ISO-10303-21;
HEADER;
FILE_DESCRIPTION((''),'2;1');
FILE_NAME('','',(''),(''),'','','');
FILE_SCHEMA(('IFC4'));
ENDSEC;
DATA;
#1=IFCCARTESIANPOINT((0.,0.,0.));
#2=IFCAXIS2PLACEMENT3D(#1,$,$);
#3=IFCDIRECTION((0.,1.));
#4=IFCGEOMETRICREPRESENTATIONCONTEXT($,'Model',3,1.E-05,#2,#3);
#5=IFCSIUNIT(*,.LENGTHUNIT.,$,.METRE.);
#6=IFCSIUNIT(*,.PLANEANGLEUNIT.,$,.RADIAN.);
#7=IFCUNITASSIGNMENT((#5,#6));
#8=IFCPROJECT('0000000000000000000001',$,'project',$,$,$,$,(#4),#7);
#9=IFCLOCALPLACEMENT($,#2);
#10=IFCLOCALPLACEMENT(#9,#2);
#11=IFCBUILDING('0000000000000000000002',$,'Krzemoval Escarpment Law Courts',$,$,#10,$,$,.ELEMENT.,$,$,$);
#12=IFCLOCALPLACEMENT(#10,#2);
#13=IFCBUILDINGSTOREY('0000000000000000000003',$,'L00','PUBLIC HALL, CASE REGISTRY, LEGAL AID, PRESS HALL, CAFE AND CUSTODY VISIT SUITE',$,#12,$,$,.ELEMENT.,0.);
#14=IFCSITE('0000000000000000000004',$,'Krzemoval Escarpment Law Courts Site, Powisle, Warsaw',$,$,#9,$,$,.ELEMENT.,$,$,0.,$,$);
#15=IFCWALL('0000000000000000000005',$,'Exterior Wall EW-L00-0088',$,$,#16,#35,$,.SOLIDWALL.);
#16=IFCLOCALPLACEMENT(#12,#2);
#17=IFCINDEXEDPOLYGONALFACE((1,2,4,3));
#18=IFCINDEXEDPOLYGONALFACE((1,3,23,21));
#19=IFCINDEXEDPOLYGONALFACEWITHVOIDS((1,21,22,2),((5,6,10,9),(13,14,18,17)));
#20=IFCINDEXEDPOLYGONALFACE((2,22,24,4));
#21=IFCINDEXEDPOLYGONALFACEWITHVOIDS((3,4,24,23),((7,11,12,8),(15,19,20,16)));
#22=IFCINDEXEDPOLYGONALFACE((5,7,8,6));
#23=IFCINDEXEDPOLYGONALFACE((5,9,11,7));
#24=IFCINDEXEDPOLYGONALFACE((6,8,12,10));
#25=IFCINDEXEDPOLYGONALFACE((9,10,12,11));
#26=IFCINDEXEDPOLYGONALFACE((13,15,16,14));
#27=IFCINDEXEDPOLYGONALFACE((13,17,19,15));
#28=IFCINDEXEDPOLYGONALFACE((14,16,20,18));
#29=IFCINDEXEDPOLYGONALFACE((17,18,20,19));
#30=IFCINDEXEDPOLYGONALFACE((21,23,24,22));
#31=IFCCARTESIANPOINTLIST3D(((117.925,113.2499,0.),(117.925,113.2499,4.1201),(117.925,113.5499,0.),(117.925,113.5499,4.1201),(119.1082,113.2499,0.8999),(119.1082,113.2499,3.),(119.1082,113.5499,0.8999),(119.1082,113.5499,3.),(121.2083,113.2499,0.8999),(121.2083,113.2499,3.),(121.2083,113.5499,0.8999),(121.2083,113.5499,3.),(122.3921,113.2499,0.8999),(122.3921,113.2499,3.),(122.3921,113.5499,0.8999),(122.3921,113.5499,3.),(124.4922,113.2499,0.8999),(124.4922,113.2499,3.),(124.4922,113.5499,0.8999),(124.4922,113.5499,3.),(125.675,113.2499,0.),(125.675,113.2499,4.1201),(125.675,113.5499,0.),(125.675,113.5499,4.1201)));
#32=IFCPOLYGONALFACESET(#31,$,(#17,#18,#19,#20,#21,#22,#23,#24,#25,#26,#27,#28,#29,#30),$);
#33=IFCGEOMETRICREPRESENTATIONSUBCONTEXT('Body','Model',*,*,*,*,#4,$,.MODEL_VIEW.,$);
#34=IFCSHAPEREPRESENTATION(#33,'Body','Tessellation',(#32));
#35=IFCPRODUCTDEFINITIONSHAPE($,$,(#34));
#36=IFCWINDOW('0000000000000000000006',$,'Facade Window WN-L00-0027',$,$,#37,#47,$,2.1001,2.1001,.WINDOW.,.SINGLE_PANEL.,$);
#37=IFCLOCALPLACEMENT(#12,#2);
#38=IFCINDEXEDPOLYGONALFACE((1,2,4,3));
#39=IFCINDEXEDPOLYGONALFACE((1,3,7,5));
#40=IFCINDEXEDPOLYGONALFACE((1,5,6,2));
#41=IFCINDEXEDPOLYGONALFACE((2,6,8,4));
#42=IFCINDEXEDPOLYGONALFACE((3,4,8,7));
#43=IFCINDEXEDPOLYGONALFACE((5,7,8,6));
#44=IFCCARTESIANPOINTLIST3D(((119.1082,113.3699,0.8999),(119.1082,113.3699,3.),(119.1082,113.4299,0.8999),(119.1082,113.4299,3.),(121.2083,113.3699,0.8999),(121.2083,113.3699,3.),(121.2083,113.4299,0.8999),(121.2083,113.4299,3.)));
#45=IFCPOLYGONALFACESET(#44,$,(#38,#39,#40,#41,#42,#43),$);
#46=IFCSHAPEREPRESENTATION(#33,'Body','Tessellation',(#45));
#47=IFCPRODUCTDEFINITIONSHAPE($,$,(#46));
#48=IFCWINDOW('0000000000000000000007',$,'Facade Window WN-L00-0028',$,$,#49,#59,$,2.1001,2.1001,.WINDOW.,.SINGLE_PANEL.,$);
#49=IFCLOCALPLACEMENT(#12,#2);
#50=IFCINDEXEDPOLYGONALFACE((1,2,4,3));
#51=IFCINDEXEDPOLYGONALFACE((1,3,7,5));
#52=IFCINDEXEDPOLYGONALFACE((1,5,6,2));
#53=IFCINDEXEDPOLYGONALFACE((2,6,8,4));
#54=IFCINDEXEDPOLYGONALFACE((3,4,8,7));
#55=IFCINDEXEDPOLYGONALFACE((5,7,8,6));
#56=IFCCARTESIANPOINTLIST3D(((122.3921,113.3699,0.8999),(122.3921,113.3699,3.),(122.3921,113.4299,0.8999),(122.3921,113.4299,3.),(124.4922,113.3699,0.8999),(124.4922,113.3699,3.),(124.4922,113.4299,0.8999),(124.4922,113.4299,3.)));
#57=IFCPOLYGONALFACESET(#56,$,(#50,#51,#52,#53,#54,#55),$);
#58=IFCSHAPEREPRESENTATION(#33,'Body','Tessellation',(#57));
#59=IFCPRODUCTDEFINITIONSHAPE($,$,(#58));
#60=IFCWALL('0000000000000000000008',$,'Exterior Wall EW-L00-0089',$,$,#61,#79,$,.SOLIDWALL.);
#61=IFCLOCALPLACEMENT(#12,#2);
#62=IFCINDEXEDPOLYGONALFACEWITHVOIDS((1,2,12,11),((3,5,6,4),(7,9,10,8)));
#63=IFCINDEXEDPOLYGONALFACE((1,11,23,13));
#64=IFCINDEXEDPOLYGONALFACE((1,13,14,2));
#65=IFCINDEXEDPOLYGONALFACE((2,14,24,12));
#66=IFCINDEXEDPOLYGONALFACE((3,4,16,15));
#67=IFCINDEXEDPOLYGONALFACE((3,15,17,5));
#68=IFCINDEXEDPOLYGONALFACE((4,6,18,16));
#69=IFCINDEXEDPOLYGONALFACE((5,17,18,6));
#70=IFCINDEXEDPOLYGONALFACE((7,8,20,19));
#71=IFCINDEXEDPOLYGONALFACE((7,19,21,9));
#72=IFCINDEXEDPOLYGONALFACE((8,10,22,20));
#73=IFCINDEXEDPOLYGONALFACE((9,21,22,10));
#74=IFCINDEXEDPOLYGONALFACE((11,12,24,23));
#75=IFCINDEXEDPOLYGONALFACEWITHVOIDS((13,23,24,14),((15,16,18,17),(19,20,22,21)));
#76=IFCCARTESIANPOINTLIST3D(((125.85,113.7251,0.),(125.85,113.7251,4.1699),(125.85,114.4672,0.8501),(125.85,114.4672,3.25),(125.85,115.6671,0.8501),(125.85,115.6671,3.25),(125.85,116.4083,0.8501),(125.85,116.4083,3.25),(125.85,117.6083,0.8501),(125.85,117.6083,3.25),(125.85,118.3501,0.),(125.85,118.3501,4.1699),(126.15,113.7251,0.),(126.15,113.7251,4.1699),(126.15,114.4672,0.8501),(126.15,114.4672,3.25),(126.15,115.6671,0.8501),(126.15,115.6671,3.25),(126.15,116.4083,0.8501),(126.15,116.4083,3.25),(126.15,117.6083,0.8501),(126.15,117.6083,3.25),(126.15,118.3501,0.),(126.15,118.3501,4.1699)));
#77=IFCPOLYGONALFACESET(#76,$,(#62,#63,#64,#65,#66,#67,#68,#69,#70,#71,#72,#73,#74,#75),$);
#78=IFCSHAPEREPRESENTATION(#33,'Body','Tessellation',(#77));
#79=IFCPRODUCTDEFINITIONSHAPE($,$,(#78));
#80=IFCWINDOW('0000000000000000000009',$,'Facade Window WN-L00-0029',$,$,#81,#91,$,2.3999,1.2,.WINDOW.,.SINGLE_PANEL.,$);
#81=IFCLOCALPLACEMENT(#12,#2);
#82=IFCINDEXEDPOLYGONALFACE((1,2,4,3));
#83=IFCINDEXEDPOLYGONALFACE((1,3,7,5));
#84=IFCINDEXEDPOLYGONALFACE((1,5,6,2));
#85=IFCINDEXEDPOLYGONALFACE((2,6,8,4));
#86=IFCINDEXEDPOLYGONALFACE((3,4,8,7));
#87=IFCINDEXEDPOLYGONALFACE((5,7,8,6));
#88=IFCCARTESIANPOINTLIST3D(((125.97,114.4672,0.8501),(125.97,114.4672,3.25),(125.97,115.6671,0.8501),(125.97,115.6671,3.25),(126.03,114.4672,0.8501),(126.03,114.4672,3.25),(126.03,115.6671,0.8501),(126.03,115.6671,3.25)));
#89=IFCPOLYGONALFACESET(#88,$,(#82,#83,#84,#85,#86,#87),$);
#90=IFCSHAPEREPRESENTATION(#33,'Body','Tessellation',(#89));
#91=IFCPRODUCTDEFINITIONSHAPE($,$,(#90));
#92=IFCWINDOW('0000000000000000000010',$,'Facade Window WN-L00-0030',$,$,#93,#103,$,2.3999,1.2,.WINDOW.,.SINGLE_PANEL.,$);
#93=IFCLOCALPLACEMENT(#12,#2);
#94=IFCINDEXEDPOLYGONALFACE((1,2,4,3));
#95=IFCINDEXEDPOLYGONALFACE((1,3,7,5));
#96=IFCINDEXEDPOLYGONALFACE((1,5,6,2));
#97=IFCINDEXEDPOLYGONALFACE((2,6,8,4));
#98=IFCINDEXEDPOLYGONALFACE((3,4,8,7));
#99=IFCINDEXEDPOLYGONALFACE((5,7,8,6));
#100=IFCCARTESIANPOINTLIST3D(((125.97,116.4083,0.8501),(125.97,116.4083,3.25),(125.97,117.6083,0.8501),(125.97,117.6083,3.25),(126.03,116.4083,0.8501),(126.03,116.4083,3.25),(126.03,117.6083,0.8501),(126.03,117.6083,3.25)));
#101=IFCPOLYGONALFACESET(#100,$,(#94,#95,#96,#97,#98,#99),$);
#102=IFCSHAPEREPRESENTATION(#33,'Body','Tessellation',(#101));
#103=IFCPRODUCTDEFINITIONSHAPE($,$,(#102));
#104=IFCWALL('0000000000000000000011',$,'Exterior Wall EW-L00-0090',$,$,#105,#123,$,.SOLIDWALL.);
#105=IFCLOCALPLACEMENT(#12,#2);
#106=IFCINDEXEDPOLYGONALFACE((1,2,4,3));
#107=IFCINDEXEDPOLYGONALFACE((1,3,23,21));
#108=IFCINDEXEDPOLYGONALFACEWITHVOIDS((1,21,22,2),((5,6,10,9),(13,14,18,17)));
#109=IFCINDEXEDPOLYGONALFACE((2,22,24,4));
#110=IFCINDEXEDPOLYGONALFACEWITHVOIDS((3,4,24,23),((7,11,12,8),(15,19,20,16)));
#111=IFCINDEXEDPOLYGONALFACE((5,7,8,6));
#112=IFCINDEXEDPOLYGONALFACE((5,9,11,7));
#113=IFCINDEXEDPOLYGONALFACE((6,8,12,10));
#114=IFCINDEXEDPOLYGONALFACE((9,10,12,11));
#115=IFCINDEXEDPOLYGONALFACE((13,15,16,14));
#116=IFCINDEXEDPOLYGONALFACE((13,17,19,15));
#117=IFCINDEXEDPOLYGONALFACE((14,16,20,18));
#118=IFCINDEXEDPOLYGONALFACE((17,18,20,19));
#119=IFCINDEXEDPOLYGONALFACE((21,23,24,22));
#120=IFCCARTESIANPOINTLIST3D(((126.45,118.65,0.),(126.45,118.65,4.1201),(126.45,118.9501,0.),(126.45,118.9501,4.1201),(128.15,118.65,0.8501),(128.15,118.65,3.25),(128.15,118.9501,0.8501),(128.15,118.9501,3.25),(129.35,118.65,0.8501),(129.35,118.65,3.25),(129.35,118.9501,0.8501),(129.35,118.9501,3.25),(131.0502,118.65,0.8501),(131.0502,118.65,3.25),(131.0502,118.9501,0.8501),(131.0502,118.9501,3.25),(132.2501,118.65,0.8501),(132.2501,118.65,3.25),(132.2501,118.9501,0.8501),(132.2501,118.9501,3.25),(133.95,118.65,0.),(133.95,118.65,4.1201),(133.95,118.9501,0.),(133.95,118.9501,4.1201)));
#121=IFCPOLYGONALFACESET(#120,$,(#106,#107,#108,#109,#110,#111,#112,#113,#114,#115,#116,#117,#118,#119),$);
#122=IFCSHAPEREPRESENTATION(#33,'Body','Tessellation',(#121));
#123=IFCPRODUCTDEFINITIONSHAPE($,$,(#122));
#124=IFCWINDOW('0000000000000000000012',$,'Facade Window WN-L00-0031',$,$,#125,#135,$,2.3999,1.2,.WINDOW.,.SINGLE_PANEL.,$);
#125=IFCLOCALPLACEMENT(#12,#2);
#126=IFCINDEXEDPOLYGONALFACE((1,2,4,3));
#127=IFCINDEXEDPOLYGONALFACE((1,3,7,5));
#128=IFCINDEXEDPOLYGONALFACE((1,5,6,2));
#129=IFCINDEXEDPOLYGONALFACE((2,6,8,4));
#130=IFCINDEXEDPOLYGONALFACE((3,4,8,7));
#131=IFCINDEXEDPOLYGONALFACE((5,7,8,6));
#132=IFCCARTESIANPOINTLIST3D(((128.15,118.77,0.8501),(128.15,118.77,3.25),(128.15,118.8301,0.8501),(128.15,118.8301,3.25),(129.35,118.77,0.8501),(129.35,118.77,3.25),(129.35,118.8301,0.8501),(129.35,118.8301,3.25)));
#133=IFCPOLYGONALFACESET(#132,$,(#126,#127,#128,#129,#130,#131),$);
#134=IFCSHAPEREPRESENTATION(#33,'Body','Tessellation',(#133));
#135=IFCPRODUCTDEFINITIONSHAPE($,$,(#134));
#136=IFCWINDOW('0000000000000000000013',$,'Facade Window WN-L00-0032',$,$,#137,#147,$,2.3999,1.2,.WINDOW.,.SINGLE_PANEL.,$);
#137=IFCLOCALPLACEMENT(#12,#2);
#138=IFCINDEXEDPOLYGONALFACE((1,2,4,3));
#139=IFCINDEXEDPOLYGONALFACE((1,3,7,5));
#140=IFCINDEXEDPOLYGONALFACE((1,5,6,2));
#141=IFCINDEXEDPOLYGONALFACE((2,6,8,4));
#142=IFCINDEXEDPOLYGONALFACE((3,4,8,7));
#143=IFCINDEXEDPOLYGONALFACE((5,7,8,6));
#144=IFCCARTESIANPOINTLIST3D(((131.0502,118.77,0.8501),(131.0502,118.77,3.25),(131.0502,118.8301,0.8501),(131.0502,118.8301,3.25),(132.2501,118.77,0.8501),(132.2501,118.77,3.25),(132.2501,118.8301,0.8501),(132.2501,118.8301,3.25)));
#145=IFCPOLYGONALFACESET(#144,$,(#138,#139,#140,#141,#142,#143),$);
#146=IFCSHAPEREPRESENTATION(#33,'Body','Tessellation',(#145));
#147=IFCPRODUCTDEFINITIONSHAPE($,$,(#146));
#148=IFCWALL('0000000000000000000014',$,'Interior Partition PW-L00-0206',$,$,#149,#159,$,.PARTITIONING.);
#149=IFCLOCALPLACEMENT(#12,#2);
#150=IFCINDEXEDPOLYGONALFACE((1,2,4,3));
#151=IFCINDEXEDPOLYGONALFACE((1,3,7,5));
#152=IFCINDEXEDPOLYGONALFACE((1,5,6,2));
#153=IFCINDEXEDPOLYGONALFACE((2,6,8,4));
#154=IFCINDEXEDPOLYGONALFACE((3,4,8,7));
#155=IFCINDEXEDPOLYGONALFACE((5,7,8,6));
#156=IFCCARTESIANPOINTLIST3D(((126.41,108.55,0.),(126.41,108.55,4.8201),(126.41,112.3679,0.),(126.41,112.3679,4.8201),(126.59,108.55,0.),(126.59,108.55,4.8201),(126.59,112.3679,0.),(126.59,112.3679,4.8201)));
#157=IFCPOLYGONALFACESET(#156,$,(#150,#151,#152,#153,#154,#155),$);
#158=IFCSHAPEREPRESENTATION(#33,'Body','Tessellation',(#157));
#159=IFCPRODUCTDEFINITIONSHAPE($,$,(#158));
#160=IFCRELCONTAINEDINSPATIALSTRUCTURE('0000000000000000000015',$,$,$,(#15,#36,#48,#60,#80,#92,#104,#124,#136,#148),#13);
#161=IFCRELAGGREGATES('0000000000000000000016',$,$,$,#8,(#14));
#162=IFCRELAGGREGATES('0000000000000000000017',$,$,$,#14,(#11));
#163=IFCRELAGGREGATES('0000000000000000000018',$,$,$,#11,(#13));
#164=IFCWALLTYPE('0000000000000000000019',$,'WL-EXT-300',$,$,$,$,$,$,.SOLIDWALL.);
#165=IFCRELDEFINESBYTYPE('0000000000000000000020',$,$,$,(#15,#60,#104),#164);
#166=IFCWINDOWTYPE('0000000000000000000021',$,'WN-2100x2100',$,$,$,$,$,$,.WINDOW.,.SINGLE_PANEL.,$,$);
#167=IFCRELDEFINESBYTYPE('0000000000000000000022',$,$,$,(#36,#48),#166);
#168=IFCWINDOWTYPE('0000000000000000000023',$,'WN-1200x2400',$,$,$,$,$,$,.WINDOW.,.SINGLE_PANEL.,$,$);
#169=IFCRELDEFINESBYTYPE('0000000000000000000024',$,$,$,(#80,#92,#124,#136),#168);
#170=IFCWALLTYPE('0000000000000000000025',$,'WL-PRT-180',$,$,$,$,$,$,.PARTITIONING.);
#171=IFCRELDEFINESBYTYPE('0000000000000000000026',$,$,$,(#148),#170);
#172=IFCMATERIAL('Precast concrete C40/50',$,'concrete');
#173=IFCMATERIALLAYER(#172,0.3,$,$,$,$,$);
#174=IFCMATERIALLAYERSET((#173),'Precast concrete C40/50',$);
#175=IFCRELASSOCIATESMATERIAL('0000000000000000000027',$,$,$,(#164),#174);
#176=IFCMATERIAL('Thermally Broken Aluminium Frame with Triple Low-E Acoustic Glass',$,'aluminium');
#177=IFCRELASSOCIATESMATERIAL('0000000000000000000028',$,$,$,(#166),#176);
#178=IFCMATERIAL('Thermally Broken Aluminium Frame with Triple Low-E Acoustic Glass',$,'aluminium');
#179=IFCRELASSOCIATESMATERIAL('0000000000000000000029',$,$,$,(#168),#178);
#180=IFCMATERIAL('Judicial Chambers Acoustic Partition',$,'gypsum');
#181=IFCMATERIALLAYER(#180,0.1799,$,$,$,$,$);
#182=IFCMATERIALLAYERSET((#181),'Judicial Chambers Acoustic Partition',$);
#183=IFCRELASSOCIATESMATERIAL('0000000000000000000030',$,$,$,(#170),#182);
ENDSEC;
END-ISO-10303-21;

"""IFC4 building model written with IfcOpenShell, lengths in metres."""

from ifc_helpers import new_model, si_unit, direction, frame, frame_2d, origin, place, context, subcontext, project, spatial, rectangle, extrude, material, layer, layer_set, type_object, element, fill, save


model = new_model("IFC4")

# Units and contexts
model_context = context("Model", 3, precision=1e-05, world=origin(), true_north=direction((0.0, 1.0)))
body_context = subcontext(model_context, "Body", "Model", "MODEL_VIEW")
ifc_project = project(units=[si_unit("LENGTHUNIT", "METRE"), si_unit("PLANEANGLEUNIT", "RADIAN")], contexts=[model_context])

# Site, building, storey
site_placement = place(None, origin())
site = spatial("IfcSite", under=ifc_project, at=site_placement, Name="Krzemoval Escarpment Law Courts Site, Powisle, Warsaw", CompositionType="ELEMENT", RefElevation=0.0)
building_placement = place(site_placement, origin())
building = spatial("IfcBuilding", under=site, at=building_placement, Name="Krzemoval Escarpment Law Courts", CompositionType="ELEMENT")
storey_placement = place(building_placement, origin())
storey = spatial("IfcBuildingStorey", under=building, at=storey_placement, Name="L00", Description="PUBLIC HALL, CASE REGISTRY, LEGAL AID, PRESS HALL, CAFE AND CUSTODY VISIT SUITE", CompositionType="ELEMENT", Elevation=0.0)

# Walls, openings, windows
ifc_material_1 = material(Name="Precast concrete C40/50", Category="concrete")
ifc_layer_1 = layer(ifc_material_1, 0.3)
ifc_layer_set_1 = layer_set([ifc_layer_1], Name="Precast concrete C40/50")
wall_type_1 = type_object("IfcWallType", Name="WL-EXT-300", PredefinedType="SOLIDWALL", material=ifc_layer_set_1)
wall_1_placement = place(storey_placement, frame((117.925, 113.3999, 0.0), z_axis=(0.0, 0.0, 1.0), x_axis=(1.0, 0.0, 0.0)))
wall_1 = element("IfcWall", 1, at=wall_1_placement, inside=storey, type_object=wall_type_1, Name="Exterior Wall EW-L00-0088", PredefinedType="SOLIDWALL", context=body_context, shape_type="SweptSolid", body=[
    extrude(rectangle(XDim=7.75, YDim=0.3, at=frame_2d((3.875, 0.0))), origin(), (0.0, 0.0, 1.0), 4.1201),
])
opening_1_placement = place(wall_1_placement, frame((1.1831, 0.0, 0.8999)))
opening_1 = element("IfcOpeningElement", 2, at=opening_1_placement, cuts=wall_1, PredefinedType="OPENING", context=body_context, shape_type="SweptSolid", body=[
    extrude(rectangle(XDim=2.1001, YDim=2.1001, at=frame_2d((1.05, 1.05))), frame((0.0, 0.165, 0.0), z_axis=(0.0, -1.0, 0.0), x_axis=(1.0, 0.0, 0.0)), (0.0, 0.0, 1.0), 0.3301),
])
opening_2_placement = place(wall_1_placement, frame((4.467, 0.0, 0.8999)))
opening_2 = element("IfcOpeningElement", 3, at=opening_2_placement, cuts=wall_1, PredefinedType="OPENING", context=body_context, shape_type="SweptSolid", body=[
    extrude(rectangle(XDim=2.1001, YDim=2.1001, at=frame_2d((1.05, 1.05))), frame((0.0, 0.165, 0.0), z_axis=(0.0, -1.0, 0.0), x_axis=(1.0, 0.0, 0.0)), (0.0, 0.0, 1.0), 0.3301),
])
ifc_material_2 = material(Name="Thermally Broken Aluminium Frame with Triple Low-E Acoustic Glass", Category="aluminium")
window_type_1 = type_object("IfcWindowType", Name="WN-2100x2100", PartitioningType="SINGLE_PANEL", PredefinedType="WINDOW", material=ifc_material_2)
window_1_placement = place(opening_1_placement, origin())
window_1 = element("IfcWindow", 4, at=window_1_placement, inside=storey, type_object=window_type_1, Name="Facade Window WN-L00-0027", OverallHeight=2.1001, OverallWidth=2.1001, PartitioningType="SINGLE_PANEL", PredefinedType="WINDOW", context=body_context, shape_type="SweptSolid", body=[
    extrude(rectangle(XDim=2.1001, YDim=2.1001, at=frame_2d((1.05, 1.05))), frame((0.0, 0.03, 0.0), z_axis=(0.0, -1.0, 0.0), x_axis=(1.0, 0.0, 0.0)), (0.0, 0.0, 1.0), 0.0601),
])
fill(opening_1, window_1)
window_2_placement = place(opening_2_placement, origin())
window_2 = element("IfcWindow", 5, at=window_2_placement, inside=storey, type_object=window_type_1, Name="Facade Window WN-L00-0028", OverallHeight=2.1001, OverallWidth=2.1001, PartitioningType="SINGLE_PANEL", PredefinedType="WINDOW", context=body_context, shape_type="SweptSolid", body=[
    extrude(rectangle(XDim=2.1001, YDim=2.1001, at=frame_2d((1.05, 1.05))), frame((0.0, 0.03, 0.0), z_axis=(0.0, -1.0, 0.0), x_axis=(1.0, 0.0, 0.0)), (0.0, 0.0, 1.0), 0.0601),
])
fill(opening_2, window_2)
wall_2_placement = place(storey_placement, frame((126.0, 113.7251, 0.0), z_axis=(0.0, 0.0, 1.0), x_axis=(0.0, 1.0, 0.0)))
wall_2 = element("IfcWall", 6, at=wall_2_placement, inside=storey, type_object=wall_type_1, Name="Exterior Wall EW-L00-0089", PredefinedType="SOLIDWALL", context=body_context, shape_type="SweptSolid", body=[
    extrude(rectangle(XDim=4.625, YDim=0.3, at=frame_2d((2.3125, 0.0))), origin(), (0.0, 0.0, 1.0), 4.1699),
])
opening_3_placement = place(wall_2_placement, frame((0.7419, 0.0, 0.8501)))
opening_3 = element("IfcOpeningElement", 7, at=opening_3_placement, cuts=wall_2, PredefinedType="OPENING", context=body_context, shape_type="SweptSolid", body=[
    extrude(rectangle(XDim=1.2, YDim=2.3999, at=frame_2d((0.6001, 1.2))), frame((0.0, 0.165, 0.0), z_axis=(0.0, -1.0, 0.0), x_axis=(1.0, 0.0, 0.0)), (0.0, 0.0, 1.0), 0.3301),
])
opening_4_placement = place(wall_2_placement, frame((2.6831, 0.0, 0.8501)))
opening_4 = element("IfcOpeningElement", 8, at=opening_4_placement, cuts=wall_2, PredefinedType="OPENING", context=body_context, shape_type="SweptSolid", body=[
    extrude(rectangle(XDim=1.2, YDim=2.3999, at=frame_2d((0.6001, 1.2))), frame((0.0, 0.165, 0.0), z_axis=(0.0, -1.0, 0.0), x_axis=(1.0, 0.0, 0.0)), (0.0, 0.0, 1.0), 0.3301),
])
ifc_material_3 = material(Name="Thermally Broken Aluminium Frame with Triple Low-E Acoustic Glass", Category="aluminium")
window_type_2 = type_object("IfcWindowType", Name="WN-1200x2400", PartitioningType="SINGLE_PANEL", PredefinedType="WINDOW", material=ifc_material_3)
window_3_placement = place(opening_3_placement, origin())
window_3 = element("IfcWindow", 9, at=window_3_placement, inside=storey, type_object=window_type_2, Name="Facade Window WN-L00-0029", OverallHeight=2.3999, OverallWidth=1.2, PartitioningType="SINGLE_PANEL", PredefinedType="WINDOW", context=body_context, shape_type="SweptSolid", body=[
    extrude(rectangle(XDim=1.2, YDim=2.3999, at=frame_2d((0.6001, 1.2))), frame((0.0, 0.03, 0.0), z_axis=(0.0, -1.0, 0.0), x_axis=(1.0, 0.0, 0.0)), (0.0, 0.0, 1.0), 0.0601),
])
fill(opening_3, window_3)
window_4_placement = place(opening_4_placement, origin())
window_4 = element("IfcWindow", 10, at=window_4_placement, inside=storey, type_object=window_type_2, Name="Facade Window WN-L00-0030", OverallHeight=2.3999, OverallWidth=1.2, PartitioningType="SINGLE_PANEL", PredefinedType="WINDOW", context=body_context, shape_type="SweptSolid", body=[
    extrude(rectangle(XDim=1.2, YDim=2.3999, at=frame_2d((0.6001, 1.2))), frame((0.0, 0.03, 0.0), z_axis=(0.0, -1.0, 0.0), x_axis=(1.0, 0.0, 0.0)), (0.0, 0.0, 1.0), 0.0601),
])
fill(opening_4, window_4)
wall_3_placement = place(storey_placement, frame((126.45, 118.8, 0.0), z_axis=(0.0, 0.0, 1.0), x_axis=(1.0, 0.0, 0.0)))
wall_3 = element("IfcWall", 11, at=wall_3_placement, inside=storey, type_object=wall_type_1, Name="Exterior Wall EW-L00-0090", PredefinedType="SOLIDWALL", context=body_context, shape_type="SweptSolid", body=[
    extrude(rectangle(XDim=7.5, YDim=0.3, at=frame_2d((3.75, 0.0))), origin(), (0.0, 0.0, 1.0), 4.1201),
])
opening_5_placement = place(wall_3_placement, frame((1.7, 0.0, 0.8501)))
opening_5 = element("IfcOpeningElement", 12, at=opening_5_placement, cuts=wall_3, PredefinedType="OPENING", context=body_context, shape_type="SweptSolid", body=[
    extrude(rectangle(XDim=1.2, YDim=2.3999, at=frame_2d((0.6001, 1.2))), frame((0.0, 0.165, 0.0), z_axis=(0.0, -1.0, 0.0), x_axis=(1.0, 0.0, 0.0)), (0.0, 0.0, 1.0), 0.3301),
])
opening_6_placement = place(wall_3_placement, frame((4.6001, 0.0, 0.8501)))
opening_6 = element("IfcOpeningElement", 13, at=opening_6_placement, cuts=wall_3, PredefinedType="OPENING", context=body_context, shape_type="SweptSolid", body=[
    extrude(rectangle(XDim=1.2, YDim=2.3999, at=frame_2d((0.6001, 1.2))), frame((0.0, 0.165, 0.0), z_axis=(0.0, -1.0, 0.0), x_axis=(1.0, 0.0, 0.0)), (0.0, 0.0, 1.0), 0.3301),
])
window_5_placement = place(opening_5_placement, origin())
window_5 = element("IfcWindow", 14, at=window_5_placement, inside=storey, type_object=window_type_2, Name="Facade Window WN-L00-0031", OverallHeight=2.3999, OverallWidth=1.2, PartitioningType="SINGLE_PANEL", PredefinedType="WINDOW", context=body_context, shape_type="SweptSolid", body=[
    extrude(rectangle(XDim=1.2, YDim=2.3999, at=frame_2d((0.6001, 1.2))), frame((0.0, 0.03, 0.0), z_axis=(0.0, -1.0, 0.0), x_axis=(1.0, 0.0, 0.0)), (0.0, 0.0, 1.0), 0.0601),
])
fill(opening_5, window_5)
window_6_placement = place(opening_6_placement, origin())
window_6 = element("IfcWindow", 15, at=window_6_placement, inside=storey, type_object=window_type_2, Name="Facade Window WN-L00-0032", OverallHeight=2.3999, OverallWidth=1.2, PartitioningType="SINGLE_PANEL", PredefinedType="WINDOW", context=body_context, shape_type="SweptSolid", body=[
    extrude(rectangle(XDim=1.2, YDim=2.3999, at=frame_2d((0.6001, 1.2))), frame((0.0, 0.03, 0.0), z_axis=(0.0, -1.0, 0.0), x_axis=(1.0, 0.0, 0.0)), (0.0, 0.0, 1.0), 0.0601),
])
fill(opening_6, window_6)

# Wall
ifc_material_4 = material(Name="Judicial Chambers Acoustic Partition", Category="gypsum")
ifc_layer_2 = layer(ifc_material_4, 0.1799)
ifc_layer_set_2 = layer_set([ifc_layer_2], Name="Judicial Chambers Acoustic Partition")
wall_type_2 = type_object("IfcWallType", Name="WL-PRT-180", PredefinedType="PARTITIONING", material=ifc_layer_set_2)
wall_4_placement = place(storey_placement, frame((126.5, 108.55, 0.0), z_axis=(0.0, 0.0, 1.0), x_axis=(0.0, 1.0, 0.0)))
element("IfcWall", 16, at=wall_4_placement, inside=storey, type_object=wall_type_2, Name="Interior Partition PW-L00-0206", PredefinedType="PARTITIONING", context=body_context, shape_type="SweptSolid", body=[
    extrude(rectangle(XDim=3.8179, YDim=0.1799, at=frame_2d((1.9089, 0.0))), origin(), (0.0, 0.0, 1.0), 4.8201),
])

save(model, "model.ifc")
